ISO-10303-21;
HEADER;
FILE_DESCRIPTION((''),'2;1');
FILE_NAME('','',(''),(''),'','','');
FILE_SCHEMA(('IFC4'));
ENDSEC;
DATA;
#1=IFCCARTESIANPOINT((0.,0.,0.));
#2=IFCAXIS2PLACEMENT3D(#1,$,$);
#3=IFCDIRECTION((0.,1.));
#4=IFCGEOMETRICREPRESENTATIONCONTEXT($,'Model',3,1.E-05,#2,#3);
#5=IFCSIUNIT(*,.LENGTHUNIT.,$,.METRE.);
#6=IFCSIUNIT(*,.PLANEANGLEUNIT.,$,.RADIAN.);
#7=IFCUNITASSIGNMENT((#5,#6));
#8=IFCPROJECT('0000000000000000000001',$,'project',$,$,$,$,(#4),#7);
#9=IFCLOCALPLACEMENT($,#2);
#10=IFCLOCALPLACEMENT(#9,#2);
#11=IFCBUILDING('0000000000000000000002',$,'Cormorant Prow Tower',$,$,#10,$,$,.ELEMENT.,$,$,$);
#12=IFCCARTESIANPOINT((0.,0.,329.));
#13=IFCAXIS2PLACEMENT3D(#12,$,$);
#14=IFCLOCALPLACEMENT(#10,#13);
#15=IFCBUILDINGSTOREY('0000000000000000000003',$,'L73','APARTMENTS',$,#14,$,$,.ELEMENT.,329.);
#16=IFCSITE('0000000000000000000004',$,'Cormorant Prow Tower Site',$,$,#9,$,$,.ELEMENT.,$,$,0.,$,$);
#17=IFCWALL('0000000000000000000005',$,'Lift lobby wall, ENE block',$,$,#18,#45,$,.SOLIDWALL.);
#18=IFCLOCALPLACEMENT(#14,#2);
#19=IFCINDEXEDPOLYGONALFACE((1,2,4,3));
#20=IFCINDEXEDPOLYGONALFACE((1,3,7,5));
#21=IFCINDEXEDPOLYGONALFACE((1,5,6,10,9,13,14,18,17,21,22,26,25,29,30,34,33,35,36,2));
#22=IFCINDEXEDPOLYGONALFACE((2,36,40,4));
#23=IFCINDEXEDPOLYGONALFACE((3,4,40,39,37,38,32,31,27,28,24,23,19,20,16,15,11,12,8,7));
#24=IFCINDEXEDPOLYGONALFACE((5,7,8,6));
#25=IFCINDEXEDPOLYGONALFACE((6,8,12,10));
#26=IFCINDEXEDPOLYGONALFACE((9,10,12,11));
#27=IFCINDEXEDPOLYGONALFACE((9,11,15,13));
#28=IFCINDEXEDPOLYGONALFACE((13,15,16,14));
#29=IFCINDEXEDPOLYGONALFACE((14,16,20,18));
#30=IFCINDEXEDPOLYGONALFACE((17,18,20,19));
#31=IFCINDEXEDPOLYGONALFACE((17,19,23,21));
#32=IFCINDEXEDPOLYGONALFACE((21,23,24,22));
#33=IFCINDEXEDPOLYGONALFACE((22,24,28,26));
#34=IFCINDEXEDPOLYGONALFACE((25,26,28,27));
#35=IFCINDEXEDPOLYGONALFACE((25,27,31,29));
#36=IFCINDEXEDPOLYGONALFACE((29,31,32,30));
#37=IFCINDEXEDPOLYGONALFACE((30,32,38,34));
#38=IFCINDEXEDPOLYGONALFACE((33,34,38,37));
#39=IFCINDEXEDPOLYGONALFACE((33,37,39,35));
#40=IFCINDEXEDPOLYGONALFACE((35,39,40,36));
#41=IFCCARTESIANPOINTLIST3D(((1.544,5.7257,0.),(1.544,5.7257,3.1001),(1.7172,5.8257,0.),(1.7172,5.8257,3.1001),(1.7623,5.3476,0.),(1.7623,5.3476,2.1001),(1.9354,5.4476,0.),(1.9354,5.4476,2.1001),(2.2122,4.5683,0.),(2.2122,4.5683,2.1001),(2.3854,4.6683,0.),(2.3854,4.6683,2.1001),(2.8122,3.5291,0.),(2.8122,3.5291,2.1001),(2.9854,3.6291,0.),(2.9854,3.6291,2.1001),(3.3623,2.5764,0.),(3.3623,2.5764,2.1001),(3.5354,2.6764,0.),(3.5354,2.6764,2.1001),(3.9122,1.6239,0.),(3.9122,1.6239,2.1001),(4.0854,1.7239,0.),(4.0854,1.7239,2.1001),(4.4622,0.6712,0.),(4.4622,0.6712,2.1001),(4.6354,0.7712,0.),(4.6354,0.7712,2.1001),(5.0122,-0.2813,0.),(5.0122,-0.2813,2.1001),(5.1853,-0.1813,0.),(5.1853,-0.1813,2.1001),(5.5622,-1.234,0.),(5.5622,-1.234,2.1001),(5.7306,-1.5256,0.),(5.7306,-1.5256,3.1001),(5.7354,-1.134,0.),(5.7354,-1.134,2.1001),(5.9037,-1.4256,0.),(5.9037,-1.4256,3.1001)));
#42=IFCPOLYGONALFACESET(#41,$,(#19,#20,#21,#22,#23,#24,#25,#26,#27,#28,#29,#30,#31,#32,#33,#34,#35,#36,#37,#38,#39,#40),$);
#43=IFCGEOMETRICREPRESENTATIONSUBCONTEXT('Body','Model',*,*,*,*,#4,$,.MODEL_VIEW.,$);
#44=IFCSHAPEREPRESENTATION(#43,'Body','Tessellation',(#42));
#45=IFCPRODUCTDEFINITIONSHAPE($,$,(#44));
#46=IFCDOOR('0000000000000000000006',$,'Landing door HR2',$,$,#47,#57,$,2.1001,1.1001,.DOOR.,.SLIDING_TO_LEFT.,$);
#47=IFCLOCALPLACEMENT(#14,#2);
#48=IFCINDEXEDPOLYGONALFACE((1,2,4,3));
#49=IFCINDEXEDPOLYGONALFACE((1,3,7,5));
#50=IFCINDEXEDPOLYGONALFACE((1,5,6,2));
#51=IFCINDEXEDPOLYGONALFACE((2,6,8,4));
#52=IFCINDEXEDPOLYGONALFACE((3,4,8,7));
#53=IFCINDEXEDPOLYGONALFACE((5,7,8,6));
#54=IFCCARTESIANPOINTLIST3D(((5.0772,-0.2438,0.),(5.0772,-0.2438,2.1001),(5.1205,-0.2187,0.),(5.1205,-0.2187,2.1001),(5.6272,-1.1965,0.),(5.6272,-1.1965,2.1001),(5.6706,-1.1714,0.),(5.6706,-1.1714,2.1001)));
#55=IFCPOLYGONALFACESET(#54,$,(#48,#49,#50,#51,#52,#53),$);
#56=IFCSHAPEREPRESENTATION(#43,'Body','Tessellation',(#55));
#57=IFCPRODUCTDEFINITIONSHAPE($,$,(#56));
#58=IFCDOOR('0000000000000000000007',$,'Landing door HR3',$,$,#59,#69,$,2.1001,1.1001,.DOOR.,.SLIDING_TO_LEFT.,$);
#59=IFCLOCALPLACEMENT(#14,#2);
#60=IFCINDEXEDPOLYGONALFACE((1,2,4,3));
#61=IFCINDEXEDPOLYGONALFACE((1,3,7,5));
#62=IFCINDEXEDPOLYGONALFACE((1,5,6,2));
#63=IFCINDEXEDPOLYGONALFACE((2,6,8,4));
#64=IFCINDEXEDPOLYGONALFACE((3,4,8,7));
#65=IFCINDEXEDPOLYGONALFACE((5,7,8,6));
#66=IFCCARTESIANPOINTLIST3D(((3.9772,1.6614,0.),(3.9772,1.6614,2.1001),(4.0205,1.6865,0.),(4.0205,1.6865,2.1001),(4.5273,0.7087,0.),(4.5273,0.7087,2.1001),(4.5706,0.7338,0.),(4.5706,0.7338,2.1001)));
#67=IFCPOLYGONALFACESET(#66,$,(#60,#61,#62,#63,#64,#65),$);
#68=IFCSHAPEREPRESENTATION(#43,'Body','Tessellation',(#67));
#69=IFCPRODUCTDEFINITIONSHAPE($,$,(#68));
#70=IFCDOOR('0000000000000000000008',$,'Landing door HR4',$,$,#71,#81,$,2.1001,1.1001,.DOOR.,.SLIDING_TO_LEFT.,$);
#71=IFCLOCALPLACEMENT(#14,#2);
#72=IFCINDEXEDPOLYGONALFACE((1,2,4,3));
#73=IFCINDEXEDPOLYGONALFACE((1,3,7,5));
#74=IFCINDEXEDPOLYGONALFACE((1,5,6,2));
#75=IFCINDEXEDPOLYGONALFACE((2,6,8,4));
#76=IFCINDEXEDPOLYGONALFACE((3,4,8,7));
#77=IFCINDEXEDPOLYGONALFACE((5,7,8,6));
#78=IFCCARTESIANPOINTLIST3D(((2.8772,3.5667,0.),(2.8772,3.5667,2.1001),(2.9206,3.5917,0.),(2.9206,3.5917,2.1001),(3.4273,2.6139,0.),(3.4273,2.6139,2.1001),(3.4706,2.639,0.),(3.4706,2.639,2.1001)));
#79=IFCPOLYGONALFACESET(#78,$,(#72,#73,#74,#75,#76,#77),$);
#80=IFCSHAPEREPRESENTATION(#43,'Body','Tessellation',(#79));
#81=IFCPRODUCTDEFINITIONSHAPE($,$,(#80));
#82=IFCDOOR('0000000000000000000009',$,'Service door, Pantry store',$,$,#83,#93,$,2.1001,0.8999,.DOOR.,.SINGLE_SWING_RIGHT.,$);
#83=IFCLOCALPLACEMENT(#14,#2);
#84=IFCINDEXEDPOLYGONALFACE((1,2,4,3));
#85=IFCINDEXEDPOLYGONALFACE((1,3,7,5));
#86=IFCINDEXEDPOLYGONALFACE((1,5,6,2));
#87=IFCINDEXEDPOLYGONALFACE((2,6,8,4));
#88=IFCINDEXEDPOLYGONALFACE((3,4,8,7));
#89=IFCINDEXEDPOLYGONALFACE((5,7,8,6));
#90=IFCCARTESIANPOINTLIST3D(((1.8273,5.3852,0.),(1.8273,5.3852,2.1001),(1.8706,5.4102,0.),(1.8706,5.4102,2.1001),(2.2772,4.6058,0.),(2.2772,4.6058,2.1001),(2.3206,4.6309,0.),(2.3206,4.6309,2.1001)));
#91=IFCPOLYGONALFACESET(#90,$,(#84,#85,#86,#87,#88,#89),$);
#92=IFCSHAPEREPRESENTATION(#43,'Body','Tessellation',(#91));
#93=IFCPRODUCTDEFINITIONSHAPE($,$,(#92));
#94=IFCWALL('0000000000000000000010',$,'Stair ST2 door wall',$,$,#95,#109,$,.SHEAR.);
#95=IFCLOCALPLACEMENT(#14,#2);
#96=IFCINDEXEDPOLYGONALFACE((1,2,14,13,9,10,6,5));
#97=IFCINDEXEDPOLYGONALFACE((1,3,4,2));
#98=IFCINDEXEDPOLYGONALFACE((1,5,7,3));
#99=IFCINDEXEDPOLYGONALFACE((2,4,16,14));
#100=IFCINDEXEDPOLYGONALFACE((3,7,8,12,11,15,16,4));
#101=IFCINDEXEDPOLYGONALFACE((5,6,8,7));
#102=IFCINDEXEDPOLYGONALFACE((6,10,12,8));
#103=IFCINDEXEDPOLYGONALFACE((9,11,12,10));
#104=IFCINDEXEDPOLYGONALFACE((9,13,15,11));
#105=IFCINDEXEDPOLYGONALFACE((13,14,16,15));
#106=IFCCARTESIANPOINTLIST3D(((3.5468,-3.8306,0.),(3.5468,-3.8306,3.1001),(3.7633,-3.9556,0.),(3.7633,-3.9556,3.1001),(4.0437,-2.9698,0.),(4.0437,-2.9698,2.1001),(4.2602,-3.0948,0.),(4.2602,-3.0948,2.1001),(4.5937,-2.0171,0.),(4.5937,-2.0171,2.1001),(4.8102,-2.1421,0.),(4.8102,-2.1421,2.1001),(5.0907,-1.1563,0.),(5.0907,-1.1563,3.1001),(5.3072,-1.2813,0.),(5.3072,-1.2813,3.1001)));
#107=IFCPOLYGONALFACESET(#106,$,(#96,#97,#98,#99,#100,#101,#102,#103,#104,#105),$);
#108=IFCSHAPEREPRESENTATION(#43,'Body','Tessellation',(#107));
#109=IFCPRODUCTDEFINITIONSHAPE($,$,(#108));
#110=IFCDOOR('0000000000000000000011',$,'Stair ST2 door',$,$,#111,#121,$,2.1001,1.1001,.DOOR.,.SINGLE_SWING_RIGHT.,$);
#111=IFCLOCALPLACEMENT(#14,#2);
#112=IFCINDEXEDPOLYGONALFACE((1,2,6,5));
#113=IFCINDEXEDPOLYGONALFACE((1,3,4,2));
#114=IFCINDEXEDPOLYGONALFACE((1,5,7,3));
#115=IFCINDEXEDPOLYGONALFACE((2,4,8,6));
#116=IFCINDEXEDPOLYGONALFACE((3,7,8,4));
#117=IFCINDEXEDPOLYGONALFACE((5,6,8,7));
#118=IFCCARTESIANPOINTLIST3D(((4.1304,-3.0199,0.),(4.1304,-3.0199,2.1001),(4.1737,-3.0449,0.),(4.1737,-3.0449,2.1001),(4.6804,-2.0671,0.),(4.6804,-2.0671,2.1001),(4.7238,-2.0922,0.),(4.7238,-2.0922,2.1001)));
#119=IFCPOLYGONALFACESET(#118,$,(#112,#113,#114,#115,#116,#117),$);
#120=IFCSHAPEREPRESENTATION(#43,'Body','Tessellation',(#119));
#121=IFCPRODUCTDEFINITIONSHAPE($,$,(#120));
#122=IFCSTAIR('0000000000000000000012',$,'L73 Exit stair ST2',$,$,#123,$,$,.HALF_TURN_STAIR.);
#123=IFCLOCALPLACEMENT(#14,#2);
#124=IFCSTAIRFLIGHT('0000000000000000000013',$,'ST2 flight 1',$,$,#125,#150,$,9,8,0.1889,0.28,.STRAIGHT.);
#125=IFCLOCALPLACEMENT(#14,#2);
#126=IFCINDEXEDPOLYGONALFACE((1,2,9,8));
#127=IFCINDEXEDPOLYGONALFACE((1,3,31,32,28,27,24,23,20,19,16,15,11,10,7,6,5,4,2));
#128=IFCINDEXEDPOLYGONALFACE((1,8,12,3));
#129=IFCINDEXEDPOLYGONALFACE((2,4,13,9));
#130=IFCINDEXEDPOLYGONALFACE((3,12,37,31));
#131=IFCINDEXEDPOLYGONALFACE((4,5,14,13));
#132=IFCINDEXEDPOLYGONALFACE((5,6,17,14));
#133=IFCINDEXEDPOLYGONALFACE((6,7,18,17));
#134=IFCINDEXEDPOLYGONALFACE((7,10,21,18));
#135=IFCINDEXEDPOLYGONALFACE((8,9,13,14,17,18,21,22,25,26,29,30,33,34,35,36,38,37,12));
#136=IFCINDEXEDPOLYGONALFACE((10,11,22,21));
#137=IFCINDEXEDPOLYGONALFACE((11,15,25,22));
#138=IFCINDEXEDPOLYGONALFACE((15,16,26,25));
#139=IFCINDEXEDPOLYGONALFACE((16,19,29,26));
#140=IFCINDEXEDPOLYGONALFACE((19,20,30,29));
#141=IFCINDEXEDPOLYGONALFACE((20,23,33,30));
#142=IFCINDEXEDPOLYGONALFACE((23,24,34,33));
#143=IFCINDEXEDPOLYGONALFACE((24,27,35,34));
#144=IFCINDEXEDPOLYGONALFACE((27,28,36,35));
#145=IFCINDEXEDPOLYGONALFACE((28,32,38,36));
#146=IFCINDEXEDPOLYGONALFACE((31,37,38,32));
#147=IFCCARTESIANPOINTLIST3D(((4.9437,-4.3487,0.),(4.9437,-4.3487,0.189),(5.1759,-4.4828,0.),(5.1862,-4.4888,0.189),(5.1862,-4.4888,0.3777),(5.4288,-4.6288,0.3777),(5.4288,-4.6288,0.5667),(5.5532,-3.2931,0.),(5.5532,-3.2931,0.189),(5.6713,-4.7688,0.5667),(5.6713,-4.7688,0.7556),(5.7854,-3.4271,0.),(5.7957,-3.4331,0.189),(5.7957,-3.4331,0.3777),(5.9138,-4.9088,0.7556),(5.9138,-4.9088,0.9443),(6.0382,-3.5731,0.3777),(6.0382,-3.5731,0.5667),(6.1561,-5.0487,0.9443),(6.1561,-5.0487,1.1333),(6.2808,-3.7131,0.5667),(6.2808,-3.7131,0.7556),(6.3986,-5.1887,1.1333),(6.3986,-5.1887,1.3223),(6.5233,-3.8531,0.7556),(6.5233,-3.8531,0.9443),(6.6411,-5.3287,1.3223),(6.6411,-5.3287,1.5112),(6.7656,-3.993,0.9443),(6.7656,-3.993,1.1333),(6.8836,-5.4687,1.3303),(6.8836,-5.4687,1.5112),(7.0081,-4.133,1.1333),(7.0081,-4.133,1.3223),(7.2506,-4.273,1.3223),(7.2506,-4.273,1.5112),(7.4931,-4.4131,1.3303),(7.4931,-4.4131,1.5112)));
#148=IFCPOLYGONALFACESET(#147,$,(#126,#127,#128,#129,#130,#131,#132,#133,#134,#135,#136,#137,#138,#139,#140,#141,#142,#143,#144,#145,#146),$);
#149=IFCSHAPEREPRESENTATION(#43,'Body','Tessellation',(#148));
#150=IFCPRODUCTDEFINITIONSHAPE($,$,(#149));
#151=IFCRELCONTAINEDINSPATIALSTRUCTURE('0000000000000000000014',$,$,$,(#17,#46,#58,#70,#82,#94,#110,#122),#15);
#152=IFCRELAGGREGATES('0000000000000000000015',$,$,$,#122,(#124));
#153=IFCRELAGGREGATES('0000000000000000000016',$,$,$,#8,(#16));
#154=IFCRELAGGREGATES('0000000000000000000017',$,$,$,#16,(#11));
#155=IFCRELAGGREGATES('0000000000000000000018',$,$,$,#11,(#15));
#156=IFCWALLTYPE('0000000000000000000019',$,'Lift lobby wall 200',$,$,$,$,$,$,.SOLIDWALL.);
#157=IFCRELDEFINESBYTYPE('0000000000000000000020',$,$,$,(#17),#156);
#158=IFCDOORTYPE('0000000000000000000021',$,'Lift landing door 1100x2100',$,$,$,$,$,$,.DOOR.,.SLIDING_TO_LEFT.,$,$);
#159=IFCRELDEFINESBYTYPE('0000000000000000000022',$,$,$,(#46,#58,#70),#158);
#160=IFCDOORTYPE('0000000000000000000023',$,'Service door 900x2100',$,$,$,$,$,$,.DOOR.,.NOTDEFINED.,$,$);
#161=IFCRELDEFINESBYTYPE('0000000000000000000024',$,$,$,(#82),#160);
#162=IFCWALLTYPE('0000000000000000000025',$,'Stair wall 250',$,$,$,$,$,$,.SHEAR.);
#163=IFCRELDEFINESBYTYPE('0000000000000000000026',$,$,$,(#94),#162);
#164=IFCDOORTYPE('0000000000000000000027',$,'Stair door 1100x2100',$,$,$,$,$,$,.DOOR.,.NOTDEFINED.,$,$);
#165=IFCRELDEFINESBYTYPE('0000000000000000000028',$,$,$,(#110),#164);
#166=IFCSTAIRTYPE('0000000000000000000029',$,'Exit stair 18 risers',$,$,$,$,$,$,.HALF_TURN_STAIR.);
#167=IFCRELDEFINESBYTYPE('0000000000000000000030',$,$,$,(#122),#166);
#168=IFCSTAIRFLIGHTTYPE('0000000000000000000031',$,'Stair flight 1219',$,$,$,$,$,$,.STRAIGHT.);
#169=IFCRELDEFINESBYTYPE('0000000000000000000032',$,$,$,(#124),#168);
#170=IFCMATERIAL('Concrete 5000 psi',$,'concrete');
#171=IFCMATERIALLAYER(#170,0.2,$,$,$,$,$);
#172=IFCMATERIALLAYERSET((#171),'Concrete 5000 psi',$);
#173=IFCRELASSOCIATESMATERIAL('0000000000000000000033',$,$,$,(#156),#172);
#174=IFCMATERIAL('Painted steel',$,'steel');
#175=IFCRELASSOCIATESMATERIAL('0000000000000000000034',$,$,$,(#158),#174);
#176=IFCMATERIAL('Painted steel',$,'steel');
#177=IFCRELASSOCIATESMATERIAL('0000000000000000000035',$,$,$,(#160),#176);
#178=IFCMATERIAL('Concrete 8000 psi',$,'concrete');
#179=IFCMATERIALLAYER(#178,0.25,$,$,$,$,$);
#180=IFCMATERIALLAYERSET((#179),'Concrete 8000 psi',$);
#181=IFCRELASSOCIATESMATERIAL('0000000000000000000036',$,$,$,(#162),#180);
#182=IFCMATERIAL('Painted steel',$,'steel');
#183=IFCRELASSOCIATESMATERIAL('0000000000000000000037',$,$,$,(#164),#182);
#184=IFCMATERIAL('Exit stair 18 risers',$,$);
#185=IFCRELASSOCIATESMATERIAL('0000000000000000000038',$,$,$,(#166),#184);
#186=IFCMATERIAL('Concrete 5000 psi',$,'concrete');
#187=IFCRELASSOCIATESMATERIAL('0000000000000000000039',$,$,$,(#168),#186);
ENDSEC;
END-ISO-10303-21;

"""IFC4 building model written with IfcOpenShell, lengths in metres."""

from ifc_helpers import new_model, si_unit, direction, frame, frame_2d, origin, place, context, subcontext, project, spatial, polyline, rectangle, outline, extrude, material, layer, layer_set, type_object, element, fill, aggregate, save


model = new_model("IFC4")

# Units and contexts
model_context = context("Model", 3, precision=1e-05, world=origin(), true_north=direction((0.0, 1.0)))
body_context = subcontext(model_context, "Body", "Model", "MODEL_VIEW")
ifc_project = project(units=[si_unit("LENGTHUNIT", "METRE"), si_unit("PLANEANGLEUNIT", "RADIAN")], contexts=[model_context])

# Site, building, storey
site_placement = place(None, origin())
site = spatial("IfcSite", under=ifc_project, at=site_placement, Name="Cormorant Prow Tower Site", CompositionType="ELEMENT", RefElevation=0.0)
building_placement = place(site_placement, origin())
building = spatial("IfcBuilding", under=site, at=building_placement, Name="Cormorant Prow Tower", CompositionType="ELEMENT")
storey_placement = place(building_placement, frame((0.0, 0.0, 329.0)))
storey = spatial("IfcBuildingStorey", under=building, at=storey_placement, Name="L73", Description="APARTMENTS", CompositionType="ELEMENT", Elevation=329.0)

# Wall, openings, doors
ifc_material_1 = material(Name="Concrete 5000 psi", Category="concrete")
ifc_layer_1 = layer(ifc_material_1, 0.2)
ifc_layer_set_1 = layer_set([ifc_layer_1], Name="Concrete 5000 psi")
wall_type_1 = type_object("IfcWallType", Name="Lift lobby wall 200", PredefinedType="SOLIDWALL", material=ifc_layer_set_1)
wall_1_placement = place(storey_placement, frame((5.8171, -1.4756, 0.0), z_axis=(0.0, 0.0, 1.0), x_axis=(-0.500003, 0.866024, 0.0)))
wall_1 = element("IfcWall", 1, at=wall_1_placement, inside=storey, type_object=wall_type_1, Name="Lift lobby wall, ENE block", PredefinedType="SOLIDWALL", context=body_context, shape_type="SweptSolid", body=[
    extrude(rectangle(XDim=8.373, YDim=0.2, at=frame_2d((4.1865, 0.0))), origin(), (0.0, 0.0, 1.0), 3.1001),
])
opening_1_placement = place(wall_1_placement, frame((0.3367, 0.0, 0.0)))
opening_1 = element("IfcOpeningElement", 2, at=opening_1_placement, cuts=wall_1, PredefinedType="OPENING", context=body_context, shape_type="SweptSolid", body=[
    extrude(rectangle(XDim=1.1001, YDim=2.1001, at=frame_2d((0.55, 1.05))), frame((0.0, 0.1099, 0.0), z_axis=(0.0, -1.0, 0.0), x_axis=(1.0, 0.0, 0.0)), (0.0, 0.0, 1.0), 0.22),
])
opening_2_placement = place(wall_1_placement, frame((2.5366, 0.0, 0.0)))
opening_2 = element("IfcOpeningElement", 3, at=opening_2_placement, cuts=wall_1, PredefinedType="OPENING", context=body_context, shape_type="SweptSolid", body=[
    extrude(rectangle(XDim=1.1001, YDim=2.1001, at=frame_2d((0.55, 1.05))), frame((0.0, 0.1099, 0.0), z_axis=(0.0, -1.0, 0.0), x_axis=(1.0, 0.0, 0.0)), (0.0, 0.0, 1.0), 0.22),
])
opening_3_placement = place(wall_1_placement, frame((4.7366, 0.0, 0.0)))
opening_3 = element("IfcOpeningElement", 4, at=opening_3_placement, cuts=wall_1, PredefinedType="OPENING", context=body_context, shape_type="SweptSolid", body=[
    extrude(rectangle(XDim=1.1001, YDim=2.1001, at=frame_2d((0.55, 1.05))), frame((0.0, 0.1099, 0.0), z_axis=(0.0, -1.0, 0.0), x_axis=(1.0, 0.0, 0.0)), (0.0, 0.0, 1.0), 0.22),
])
opening_4_placement = place(wall_1_placement, frame((7.0366, 0.0, 0.0)))
opening_4 = element("IfcOpeningElement", 5, at=opening_4_placement, cuts=wall_1, PredefinedType="OPENING", context=body_context, shape_type="SweptSolid", body=[
    extrude(rectangle(XDim=0.8999, YDim=2.1001, at=frame_2d((0.45, 1.05))), frame((0.0, 0.1099, 0.0), z_axis=(0.0, -1.0, 0.0), x_axis=(1.0, 0.0, 0.0)), (0.0, 0.0, 1.0), 0.22),
])
ifc_material_2 = material(Name="Painted steel", Category="steel")
door_type_1 = type_object("IfcDoorType", Name="Lift landing door 1100x2100", OperationType="SLIDING_TO_LEFT", PredefinedType="DOOR", material=ifc_material_2)
door_1_placement = place(opening_1_placement, origin())
door_1 = element("IfcDoor", 6, at=door_1_placement, inside=storey, type_object=door_type_1, Name="Landing door HR2", OperationType="SLIDING_TO_LEFT", OverallHeight=2.1001, OverallWidth=1.1001, PredefinedType="DOOR", context=body_context, shape_type="SweptSolid", body=[
    extrude(rectangle(XDim=1.1001, YDim=2.1001, at=frame_2d((0.55, 1.05))), frame((0.0, 0.0249, 0.0), z_axis=(0.0, -1.0, 0.0), x_axis=(1.0, 0.0, 0.0)), (0.0, 0.0, 1.0), 0.05),
])
fill(opening_1, door_1)
door_2_placement = place(opening_2_placement, origin())
door_2 = element("IfcDoor", 7, at=door_2_placement, inside=storey, type_object=door_type_1, Name="Landing door HR3", OperationType="SLIDING_TO_LEFT", OverallHeight=2.1001, OverallWidth=1.1001, PredefinedType="DOOR", context=body_context, shape_type="SweptSolid", body=[
    extrude(rectangle(XDim=1.1001, YDim=2.1001, at=frame_2d((0.55, 1.05))), frame((0.0, 0.0249, 0.0), z_axis=(0.0, -1.0, 0.0), x_axis=(1.0, 0.0, 0.0)), (0.0, 0.0, 1.0), 0.05),
])
fill(opening_2, door_2)
door_3_placement = place(opening_3_placement, origin())
door_3 = element("IfcDoor", 8, at=door_3_placement, inside=storey, type_object=door_type_1, Name="Landing door HR4", OperationType="SLIDING_TO_LEFT", OverallHeight=2.1001, OverallWidth=1.1001, PredefinedType="DOOR", context=body_context, shape_type="SweptSolid", body=[
    extrude(rectangle(XDim=1.1001, YDim=2.1001, at=frame_2d((0.55, 1.05))), frame((0.0, 0.0249, 0.0), z_axis=(0.0, -1.0, 0.0), x_axis=(1.0, 0.0, 0.0)), (0.0, 0.0, 1.0), 0.05),
])
fill(opening_3, door_3)
ifc_material_3 = material(Name="Painted steel", Category="steel")
door_type_2 = type_object("IfcDoorType", Name="Service door 900x2100", OperationType="NOTDEFINED", PredefinedType="DOOR", material=ifc_material_3)
door_4_placement = place(opening_4_placement, origin())
door_4 = element("IfcDoor", 9, at=door_4_placement, inside=storey, type_object=door_type_2, Name="Service door, Pantry store", OperationType="SINGLE_SWING_RIGHT", OverallHeight=2.1001, OverallWidth=0.8999, PredefinedType="DOOR", context=body_context, shape_type="SweptSolid", body=[
    extrude(rectangle(XDim=0.8999, YDim=2.1001, at=frame_2d((0.45, 1.05))), frame((0.0, 0.0249, 0.0), z_axis=(0.0, -1.0, 0.0), x_axis=(1.0, 0.0, 0.0)), (0.0, 0.0, 1.0), 0.05),
])
fill(opening_4, door_4)

# Wall, opening, door
ifc_material_4 = material(Name="Concrete 8000 psi", Category="concrete")
ifc_layer_2 = layer(ifc_material_4, 0.25)
ifc_layer_set_2 = layer_set([ifc_layer_2], Name="Concrete 8000 psi")
wall_type_2 = type_object("IfcWallType", Name="Stair wall 250", PredefinedType="SHEAR", material=ifc_layer_set_2)
wall_2_placement = place(storey_placement, frame((3.655, -3.8931, 0.0), z_axis=(0.0, 0.0, 1.0), x_axis=(0.499983, 0.866035, 0.0)))
wall_2 = element("IfcWall", 10, at=wall_2_placement, inside=storey, type_object=wall_type_2, Name="Stair ST2 door wall", PredefinedType="SHEAR", context=body_context, shape_type="SweptSolid", body=[
    extrude(rectangle(XDim=3.0879, YDim=0.25, at=frame_2d((1.5439, 0.0))), origin(), (0.0, 0.0, 1.0), 3.1001),
])
opening_5_placement = place(wall_2_placement, frame((0.9939, 0.0, 0.0)))
opening_5 = element("IfcOpeningElement", 11, at=opening_5_placement, cuts=wall_2, PredefinedType="OPENING", context=body_context, shape_type="SweptSolid", body=[
    extrude(rectangle(XDim=1.1001, YDim=2.1001, at=frame_2d((0.55, 1.05))), frame((0.0, 0.135, 0.0), z_axis=(0.0, -1.0, 0.0), x_axis=(1.0, 0.0, 0.0)), (0.0, 0.0, 1.0), 0.27),
])
ifc_material_5 = material(Name="Painted steel", Category="steel")
door_type_3 = type_object("IfcDoorType", Name="Stair door 1100x2100", OperationType="NOTDEFINED", PredefinedType="DOOR", material=ifc_material_5)
door_5_placement = place(opening_5_placement, origin())
door_5 = element("IfcDoor", 12, at=door_5_placement, inside=storey, type_object=door_type_3, Name="Stair ST2 door", OperationType="SINGLE_SWING_RIGHT", OverallHeight=2.1001, OverallWidth=1.1001, PredefinedType="DOOR", context=body_context, shape_type="SweptSolid", body=[
    extrude(rectangle(XDim=1.1001, YDim=2.1001, at=frame_2d((0.55, 1.05))), frame((0.0, 0.0249, 0.0), z_axis=(0.0, -1.0, 0.0), x_axis=(1.0, 0.0, 0.0)), (0.0, 0.0, 1.0), 0.05),
])
fill(opening_5, door_5)

# Stair, stair flight
ifc_material_6 = material(Name="Exit stair 18 risers")
stair_type = type_object("IfcStairType", Name="Exit stair 18 risers", PredefinedType="HALF_TURN_STAIR", material=ifc_material_6)
stair_placement = place(storey_placement, origin())
stair = element("IfcStair", 13, at=stair_placement, inside=storey, type_object=stair_type, Name="L73 Exit stair ST2", PredefinedType="HALF_TURN_STAIR")
ifc_material_7 = material(Name="Concrete 5000 psi", Category="concrete")
stair_flight_type = type_object("IfcStairFlightType", Name="Stair flight 1219", PredefinedType="STRAIGHT", material=ifc_material_7)
stair_flight_1_placement = place(storey_placement, frame((5.2485, -3.8208, 0.0), z_axis=(0.0, 0.0, 1.0), x_axis=(0.866025, -0.5, 0.0)))
stair_flight_1 = element("IfcStairFlight", 14, at=stair_flight_1_placement, type_object=stair_flight_type, Name="ST2 flight 1", NumberOfRisers=9, NumberOfTreads=8, PredefinedType="STRAIGHT", RiserHeight=0.1889, TreadLength=0.28, context=body_context, shape_type="SweptSolid", body=[
    extrude(outline(polyline([(0.0, 0.0), (0.0, 0.189), (0.28, 0.189), (0.28, 0.3777), (0.5601, 0.3777), (0.5601, 0.5667), (0.8401, 0.5667), (0.8401, 0.7556), (1.1201, 0.7556), (1.1201, 0.9443), (1.3999, 0.9443), (1.3999, 1.1333), (1.6799, 1.1333), (1.6799, 1.3223), (1.96, 1.3223), (1.96, 1.5112), (2.24, 1.5112), (2.24, 1.7), (2.24, 1.3303), (0.2681, 0.0), (0.0, 0.0)])), frame((0.0, 0.6094, 0.0), z_axis=(0.0, -1.0, 0.0), x_axis=(1.0, 0.0, 0.0)), (0.0, 0.0, 1.0), 1.219),
])
aggregate(stair, [stair_flight_1])

save(model, "model.ifc")
